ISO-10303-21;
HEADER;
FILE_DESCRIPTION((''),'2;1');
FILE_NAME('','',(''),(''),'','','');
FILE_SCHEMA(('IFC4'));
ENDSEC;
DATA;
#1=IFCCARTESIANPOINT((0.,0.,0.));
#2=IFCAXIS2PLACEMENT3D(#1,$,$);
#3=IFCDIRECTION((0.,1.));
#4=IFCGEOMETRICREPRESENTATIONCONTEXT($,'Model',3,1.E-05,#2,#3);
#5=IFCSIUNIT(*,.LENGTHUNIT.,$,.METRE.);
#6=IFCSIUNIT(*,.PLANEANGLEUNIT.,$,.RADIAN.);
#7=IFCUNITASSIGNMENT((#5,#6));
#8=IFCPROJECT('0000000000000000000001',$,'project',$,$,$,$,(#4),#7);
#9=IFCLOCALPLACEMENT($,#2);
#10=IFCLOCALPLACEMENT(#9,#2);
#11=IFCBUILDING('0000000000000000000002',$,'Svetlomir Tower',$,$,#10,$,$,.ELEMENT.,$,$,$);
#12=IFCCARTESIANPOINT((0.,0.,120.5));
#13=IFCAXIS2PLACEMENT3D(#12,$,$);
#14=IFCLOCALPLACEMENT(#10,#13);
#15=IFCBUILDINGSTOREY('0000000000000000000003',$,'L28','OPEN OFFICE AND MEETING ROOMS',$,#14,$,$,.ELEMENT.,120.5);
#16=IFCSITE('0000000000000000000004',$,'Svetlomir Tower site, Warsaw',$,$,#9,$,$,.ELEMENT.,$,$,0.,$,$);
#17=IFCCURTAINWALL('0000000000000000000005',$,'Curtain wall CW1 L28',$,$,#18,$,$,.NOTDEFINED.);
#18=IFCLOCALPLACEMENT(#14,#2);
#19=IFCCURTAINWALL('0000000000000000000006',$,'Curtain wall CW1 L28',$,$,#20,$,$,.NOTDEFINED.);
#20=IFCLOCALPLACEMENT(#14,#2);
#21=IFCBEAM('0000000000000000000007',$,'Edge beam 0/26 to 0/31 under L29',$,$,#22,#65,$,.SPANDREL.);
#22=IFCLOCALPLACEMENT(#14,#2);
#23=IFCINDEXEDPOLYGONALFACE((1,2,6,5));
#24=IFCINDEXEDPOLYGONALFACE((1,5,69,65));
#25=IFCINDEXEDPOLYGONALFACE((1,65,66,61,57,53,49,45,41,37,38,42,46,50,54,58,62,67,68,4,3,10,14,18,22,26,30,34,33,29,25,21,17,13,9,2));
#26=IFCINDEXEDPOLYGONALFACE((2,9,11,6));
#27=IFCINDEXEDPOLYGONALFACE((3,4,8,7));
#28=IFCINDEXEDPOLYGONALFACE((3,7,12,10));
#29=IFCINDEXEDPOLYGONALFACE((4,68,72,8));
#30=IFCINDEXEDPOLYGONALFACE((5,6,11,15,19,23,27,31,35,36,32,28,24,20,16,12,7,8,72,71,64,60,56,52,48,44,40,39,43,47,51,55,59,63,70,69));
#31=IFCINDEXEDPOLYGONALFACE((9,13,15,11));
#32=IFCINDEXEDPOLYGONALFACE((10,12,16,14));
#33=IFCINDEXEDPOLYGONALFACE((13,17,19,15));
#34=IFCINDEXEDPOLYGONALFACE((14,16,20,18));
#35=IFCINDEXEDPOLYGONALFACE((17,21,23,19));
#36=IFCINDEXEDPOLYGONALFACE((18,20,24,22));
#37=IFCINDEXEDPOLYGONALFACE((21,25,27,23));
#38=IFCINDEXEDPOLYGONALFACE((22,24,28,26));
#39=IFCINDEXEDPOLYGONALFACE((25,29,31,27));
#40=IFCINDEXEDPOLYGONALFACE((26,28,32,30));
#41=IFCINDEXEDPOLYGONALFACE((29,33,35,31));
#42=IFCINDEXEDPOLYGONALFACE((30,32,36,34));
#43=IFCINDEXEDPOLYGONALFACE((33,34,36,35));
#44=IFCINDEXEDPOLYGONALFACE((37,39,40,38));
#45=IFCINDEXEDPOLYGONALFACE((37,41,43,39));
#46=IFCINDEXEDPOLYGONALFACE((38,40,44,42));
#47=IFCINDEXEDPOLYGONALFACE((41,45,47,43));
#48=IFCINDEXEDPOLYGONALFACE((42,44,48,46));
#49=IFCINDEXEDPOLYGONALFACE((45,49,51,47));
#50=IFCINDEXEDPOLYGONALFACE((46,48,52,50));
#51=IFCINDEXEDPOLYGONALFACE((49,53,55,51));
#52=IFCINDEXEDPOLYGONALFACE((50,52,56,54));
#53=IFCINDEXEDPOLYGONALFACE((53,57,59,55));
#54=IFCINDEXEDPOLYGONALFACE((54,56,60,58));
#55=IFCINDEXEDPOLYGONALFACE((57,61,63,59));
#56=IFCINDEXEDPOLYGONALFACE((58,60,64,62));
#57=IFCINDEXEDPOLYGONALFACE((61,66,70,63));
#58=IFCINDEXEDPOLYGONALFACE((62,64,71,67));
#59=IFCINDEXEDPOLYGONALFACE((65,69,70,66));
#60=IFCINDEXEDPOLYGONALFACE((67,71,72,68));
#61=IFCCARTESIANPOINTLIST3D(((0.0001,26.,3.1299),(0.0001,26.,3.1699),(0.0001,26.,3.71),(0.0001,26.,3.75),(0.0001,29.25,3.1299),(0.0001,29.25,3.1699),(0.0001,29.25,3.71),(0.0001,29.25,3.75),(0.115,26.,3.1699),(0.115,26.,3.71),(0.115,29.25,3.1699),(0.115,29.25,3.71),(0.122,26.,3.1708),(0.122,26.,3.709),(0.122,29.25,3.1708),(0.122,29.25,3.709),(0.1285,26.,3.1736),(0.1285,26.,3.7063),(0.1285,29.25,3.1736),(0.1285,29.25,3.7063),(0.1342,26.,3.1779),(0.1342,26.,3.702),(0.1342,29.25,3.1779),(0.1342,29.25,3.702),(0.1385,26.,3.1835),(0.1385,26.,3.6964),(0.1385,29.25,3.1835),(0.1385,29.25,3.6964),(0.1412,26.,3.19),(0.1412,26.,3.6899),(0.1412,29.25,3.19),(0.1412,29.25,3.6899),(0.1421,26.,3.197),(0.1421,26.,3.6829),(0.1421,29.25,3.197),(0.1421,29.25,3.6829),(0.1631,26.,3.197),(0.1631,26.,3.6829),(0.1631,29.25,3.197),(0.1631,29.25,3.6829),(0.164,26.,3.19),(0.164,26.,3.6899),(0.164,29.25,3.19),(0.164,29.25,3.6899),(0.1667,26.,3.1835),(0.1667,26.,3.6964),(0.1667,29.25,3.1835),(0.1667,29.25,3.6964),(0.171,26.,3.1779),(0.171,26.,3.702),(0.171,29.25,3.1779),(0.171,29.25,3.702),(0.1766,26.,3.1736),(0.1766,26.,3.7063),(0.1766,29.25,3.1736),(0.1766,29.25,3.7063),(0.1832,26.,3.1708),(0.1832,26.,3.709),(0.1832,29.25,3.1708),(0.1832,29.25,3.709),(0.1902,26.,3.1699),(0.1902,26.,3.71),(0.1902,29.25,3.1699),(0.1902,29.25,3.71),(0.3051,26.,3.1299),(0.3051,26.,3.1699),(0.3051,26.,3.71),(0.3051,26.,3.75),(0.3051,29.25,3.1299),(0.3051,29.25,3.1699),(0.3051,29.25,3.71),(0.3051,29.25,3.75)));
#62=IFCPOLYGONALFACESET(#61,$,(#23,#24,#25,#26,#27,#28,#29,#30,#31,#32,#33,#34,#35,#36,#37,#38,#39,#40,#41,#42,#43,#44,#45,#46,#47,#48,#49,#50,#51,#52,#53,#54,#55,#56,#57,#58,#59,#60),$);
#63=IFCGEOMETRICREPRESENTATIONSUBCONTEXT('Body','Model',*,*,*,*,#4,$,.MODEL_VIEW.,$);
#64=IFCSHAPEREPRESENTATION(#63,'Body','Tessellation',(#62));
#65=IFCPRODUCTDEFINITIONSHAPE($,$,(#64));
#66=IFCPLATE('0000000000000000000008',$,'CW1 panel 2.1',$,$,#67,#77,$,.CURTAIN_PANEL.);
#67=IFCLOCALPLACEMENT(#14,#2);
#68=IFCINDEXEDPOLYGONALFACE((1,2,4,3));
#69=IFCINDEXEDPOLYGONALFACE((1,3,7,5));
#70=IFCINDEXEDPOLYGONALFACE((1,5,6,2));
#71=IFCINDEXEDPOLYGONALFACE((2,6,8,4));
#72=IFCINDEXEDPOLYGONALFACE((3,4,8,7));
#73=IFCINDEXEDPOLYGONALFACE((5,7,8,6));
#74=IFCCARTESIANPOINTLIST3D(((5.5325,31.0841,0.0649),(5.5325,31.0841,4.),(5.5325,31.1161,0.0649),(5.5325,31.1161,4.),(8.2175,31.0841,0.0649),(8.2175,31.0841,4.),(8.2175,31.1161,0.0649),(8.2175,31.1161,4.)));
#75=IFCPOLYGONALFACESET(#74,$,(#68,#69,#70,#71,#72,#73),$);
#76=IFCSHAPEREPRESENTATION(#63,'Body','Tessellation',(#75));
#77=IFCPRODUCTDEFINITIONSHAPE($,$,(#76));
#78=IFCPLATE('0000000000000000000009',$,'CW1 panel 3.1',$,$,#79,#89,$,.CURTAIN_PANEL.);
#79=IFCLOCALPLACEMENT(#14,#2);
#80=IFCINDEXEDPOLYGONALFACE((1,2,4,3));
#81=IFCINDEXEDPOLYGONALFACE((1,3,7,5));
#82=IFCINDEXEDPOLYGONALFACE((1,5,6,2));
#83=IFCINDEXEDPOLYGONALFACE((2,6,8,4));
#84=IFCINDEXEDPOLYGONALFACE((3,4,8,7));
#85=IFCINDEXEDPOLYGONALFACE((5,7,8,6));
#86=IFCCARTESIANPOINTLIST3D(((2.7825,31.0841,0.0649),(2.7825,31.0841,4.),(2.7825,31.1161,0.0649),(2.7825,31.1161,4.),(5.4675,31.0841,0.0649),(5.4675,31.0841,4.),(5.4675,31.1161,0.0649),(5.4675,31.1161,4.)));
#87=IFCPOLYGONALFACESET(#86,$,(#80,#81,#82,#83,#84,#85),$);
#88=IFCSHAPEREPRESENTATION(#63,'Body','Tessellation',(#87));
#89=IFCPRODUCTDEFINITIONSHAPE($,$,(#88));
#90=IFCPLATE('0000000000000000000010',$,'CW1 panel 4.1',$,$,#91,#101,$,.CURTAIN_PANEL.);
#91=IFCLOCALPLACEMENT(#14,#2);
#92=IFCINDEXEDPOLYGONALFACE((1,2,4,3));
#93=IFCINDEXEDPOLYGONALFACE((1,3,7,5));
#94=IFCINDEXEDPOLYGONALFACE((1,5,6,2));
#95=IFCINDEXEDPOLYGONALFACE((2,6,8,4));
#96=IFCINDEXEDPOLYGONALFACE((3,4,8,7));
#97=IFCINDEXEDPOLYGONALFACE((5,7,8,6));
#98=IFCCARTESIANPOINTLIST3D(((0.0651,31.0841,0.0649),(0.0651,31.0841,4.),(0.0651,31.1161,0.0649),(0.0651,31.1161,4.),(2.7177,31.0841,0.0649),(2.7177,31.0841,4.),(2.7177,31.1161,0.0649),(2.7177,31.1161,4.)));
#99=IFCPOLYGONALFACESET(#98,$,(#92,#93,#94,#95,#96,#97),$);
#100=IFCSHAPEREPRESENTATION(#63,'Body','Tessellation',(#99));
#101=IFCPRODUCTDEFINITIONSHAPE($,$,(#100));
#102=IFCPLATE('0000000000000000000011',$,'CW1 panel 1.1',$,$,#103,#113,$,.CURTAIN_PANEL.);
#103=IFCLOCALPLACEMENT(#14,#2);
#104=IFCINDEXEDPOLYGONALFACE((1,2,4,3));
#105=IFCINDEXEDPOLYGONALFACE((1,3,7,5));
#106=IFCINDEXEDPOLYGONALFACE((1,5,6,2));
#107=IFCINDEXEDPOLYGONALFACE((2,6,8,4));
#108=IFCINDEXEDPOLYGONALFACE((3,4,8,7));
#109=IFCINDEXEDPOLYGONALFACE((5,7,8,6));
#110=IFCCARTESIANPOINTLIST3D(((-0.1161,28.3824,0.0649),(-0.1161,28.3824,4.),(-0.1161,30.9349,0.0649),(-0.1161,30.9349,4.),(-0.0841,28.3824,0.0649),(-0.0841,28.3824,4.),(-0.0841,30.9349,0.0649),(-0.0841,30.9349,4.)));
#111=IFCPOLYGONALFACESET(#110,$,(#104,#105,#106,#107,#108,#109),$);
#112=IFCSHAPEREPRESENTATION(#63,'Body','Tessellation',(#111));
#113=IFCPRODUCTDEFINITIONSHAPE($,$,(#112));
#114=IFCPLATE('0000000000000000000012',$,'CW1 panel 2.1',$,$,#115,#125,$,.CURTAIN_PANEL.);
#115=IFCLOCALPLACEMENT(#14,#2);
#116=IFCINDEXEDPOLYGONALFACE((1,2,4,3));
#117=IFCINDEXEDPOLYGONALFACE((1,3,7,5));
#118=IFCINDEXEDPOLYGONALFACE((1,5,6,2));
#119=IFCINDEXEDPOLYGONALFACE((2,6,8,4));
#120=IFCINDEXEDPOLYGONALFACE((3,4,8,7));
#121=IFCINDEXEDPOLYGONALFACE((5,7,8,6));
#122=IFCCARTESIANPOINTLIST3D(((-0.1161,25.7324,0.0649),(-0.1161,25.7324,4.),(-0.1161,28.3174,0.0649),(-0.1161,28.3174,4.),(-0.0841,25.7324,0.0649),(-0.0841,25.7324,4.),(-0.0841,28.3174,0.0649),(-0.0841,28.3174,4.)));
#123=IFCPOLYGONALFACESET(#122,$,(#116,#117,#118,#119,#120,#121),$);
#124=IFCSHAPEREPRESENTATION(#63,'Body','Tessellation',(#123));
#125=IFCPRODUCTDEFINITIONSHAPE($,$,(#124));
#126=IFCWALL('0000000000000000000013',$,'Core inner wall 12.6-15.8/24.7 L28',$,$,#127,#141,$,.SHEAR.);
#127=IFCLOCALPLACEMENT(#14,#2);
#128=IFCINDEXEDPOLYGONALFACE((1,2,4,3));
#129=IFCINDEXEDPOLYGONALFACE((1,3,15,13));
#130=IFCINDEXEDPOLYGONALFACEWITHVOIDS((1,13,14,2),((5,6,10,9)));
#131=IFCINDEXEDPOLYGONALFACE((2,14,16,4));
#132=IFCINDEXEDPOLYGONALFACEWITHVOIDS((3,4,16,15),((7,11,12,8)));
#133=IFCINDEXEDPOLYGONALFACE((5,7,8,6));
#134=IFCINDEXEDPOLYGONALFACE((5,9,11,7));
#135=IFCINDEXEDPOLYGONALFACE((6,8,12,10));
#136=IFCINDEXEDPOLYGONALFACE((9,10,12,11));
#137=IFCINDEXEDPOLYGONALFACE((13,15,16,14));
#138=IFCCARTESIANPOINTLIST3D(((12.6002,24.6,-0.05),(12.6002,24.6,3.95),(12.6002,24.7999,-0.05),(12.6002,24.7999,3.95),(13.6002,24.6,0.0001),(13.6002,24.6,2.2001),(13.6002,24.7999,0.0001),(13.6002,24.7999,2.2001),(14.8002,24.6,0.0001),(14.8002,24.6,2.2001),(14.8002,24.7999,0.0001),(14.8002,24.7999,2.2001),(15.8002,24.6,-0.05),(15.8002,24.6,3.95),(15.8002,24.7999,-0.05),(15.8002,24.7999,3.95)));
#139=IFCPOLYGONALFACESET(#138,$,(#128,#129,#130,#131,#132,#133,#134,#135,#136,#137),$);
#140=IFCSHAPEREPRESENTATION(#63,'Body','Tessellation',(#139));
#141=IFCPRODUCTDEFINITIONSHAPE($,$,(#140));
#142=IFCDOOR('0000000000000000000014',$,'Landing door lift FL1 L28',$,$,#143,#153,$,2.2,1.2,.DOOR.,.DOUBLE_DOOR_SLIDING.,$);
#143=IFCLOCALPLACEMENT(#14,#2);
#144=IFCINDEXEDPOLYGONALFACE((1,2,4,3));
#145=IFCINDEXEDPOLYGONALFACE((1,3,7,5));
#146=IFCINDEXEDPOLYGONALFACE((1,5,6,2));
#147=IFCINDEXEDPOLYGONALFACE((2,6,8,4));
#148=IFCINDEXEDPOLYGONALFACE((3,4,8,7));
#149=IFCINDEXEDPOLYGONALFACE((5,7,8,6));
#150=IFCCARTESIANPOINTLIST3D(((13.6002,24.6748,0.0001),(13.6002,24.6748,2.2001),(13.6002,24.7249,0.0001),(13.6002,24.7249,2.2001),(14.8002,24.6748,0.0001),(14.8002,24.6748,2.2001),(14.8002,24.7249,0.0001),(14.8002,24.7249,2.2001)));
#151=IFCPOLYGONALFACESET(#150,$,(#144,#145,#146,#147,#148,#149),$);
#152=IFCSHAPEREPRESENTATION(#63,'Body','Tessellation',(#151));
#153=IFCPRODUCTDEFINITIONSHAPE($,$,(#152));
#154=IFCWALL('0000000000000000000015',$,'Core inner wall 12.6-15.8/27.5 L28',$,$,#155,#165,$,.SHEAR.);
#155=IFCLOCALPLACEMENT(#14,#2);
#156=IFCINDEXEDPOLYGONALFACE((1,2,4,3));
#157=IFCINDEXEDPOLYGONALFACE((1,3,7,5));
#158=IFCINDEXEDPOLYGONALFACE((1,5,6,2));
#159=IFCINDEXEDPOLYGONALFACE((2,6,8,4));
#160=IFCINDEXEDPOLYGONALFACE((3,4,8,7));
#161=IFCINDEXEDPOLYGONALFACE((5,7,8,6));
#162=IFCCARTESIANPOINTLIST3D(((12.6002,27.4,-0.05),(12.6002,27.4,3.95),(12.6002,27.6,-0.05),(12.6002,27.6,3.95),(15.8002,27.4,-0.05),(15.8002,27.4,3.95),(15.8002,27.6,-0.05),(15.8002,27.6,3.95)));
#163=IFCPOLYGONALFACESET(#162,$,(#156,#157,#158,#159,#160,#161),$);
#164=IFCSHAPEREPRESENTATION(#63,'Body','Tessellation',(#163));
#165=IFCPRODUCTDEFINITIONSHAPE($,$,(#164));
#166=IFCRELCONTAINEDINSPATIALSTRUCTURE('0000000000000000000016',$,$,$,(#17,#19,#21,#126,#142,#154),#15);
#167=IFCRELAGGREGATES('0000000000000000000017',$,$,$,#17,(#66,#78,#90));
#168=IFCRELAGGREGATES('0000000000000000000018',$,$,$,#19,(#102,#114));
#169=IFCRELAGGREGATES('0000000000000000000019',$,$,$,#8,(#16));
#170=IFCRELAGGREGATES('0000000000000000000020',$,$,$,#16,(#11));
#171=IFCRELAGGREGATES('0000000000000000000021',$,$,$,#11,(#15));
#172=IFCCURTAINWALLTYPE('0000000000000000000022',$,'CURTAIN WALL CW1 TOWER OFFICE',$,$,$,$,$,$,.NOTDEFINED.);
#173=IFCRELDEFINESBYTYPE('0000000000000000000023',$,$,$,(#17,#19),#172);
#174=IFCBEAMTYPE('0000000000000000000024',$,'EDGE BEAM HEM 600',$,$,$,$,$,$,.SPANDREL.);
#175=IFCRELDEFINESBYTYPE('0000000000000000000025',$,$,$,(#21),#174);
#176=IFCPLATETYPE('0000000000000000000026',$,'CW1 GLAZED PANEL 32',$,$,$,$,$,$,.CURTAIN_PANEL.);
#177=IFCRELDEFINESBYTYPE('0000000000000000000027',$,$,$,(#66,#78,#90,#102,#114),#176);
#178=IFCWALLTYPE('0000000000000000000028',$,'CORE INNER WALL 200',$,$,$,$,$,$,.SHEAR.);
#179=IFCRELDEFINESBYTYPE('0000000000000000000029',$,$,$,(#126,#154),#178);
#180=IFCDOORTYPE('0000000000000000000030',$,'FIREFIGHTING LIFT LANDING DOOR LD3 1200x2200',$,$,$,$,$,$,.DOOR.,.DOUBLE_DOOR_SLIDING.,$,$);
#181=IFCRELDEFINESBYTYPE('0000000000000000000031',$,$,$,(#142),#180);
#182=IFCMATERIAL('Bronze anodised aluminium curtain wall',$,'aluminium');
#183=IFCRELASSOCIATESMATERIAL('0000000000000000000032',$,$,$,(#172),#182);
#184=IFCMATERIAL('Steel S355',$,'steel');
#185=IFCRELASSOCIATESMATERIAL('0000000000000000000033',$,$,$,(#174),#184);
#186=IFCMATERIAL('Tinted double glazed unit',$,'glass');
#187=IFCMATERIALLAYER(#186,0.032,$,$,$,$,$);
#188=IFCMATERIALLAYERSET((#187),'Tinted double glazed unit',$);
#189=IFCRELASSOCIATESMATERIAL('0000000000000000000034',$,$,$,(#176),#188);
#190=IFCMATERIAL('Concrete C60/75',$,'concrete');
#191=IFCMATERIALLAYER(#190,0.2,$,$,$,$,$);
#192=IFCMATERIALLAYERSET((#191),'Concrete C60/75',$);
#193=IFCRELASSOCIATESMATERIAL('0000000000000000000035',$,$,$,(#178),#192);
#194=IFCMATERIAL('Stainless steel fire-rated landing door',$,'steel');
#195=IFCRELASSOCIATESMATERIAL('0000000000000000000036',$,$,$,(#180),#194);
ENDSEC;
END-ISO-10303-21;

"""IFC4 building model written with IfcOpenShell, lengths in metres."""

from ifc_helpers import new_model, si_unit, direction, frame, frame_2d, origin, origin_2d, place, context, subcontext, project, spatial, rectangle, i_section, extrude, material, layer, layer_set, material_profile, profile_set, type_object, element, fill, aggregate, save


model = new_model("IFC4")

# Units and contexts
model_context = context("Model", 3, precision=1e-05, world=origin(), true_north=direction((0.0, 1.0)))
body_context = subcontext(model_context, "Body", "Model", "MODEL_VIEW")
ifc_project = project(units=[si_unit("LENGTHUNIT", "METRE"), si_unit("PLANEANGLEUNIT", "RADIAN")], contexts=[model_context])

# Site, building, storey
site_placement = place(None, origin())
site = spatial("IfcSite", under=ifc_project, at=site_placement, Name="Svetlomir Tower site, Warsaw", CompositionType="ELEMENT", RefElevation=0.0)
building_placement = place(site_placement, origin())
building = spatial("IfcBuilding", under=site, at=building_placement, Name="Svetlomir Tower", CompositionType="ELEMENT")
storey_placement = place(building_placement, frame((0.0, 0.0, 120.5)))
storey = spatial("IfcBuildingStorey", under=building, at=storey_placement, Name="L28", Description="OPEN OFFICE AND MEETING ROOMS", CompositionType="ELEMENT", Elevation=120.5)

# Shared definitions
ifc_material_1 = material(Name="Bronze anodised aluminium curtain wall", Category="aluminium")
curtain_wall_type = type_object("IfcCurtainWallType", Name="CURTAIN WALL CW1 TOWER OFFICE", PredefinedType="NOTDEFINED", material=ifc_material_1)

# Curtain walls
curtain_wall_1_placement = place(storey_placement, origin())
curtain_wall_1 = element("IfcCurtainWall", 1, at=curtain_wall_1_placement, inside=storey, type_object=curtain_wall_type, Name="Curtain wall CW1 L28", PredefinedType="NOTDEFINED")
curtain_wall_2_placement = place(storey_placement, origin())
curtain_wall_2 = element("IfcCurtainWall", 2, at=curtain_wall_2_placement, inside=storey, type_object=curtain_wall_type, Name="Curtain wall CW1 L28", PredefinedType="NOTDEFINED")

# Beam
ifc_material_2 = material(Name="Steel S355", Category="steel")
ifc_material_profile_1 = material_profile(ifc_material_2, i_section(OverallWidth=0.3049, OverallDepth=0.6201, WebThickness=0.021, FlangeThickness=0.04, FilletRadius=0.0271, at=origin_2d()), Name="HEM 600")
ifc_profile_set_1 = profile_set([ifc_material_profile_1], Name="Steel S355")
beam_type = type_object("IfcBeamType", Name="EDGE BEAM HEM 600", PredefinedType="SPANDREL", material=ifc_profile_set_1)
beam_placement = place(storey_placement, frame((0.1526, 26.0, 3.4399), z_axis=(0.0, 1.0, 0.0), x_axis=(-1.0, 0.0, 0.0)))
element("IfcBeam", 3, at=beam_placement, inside=storey, type_object=beam_type, Name="Edge beam 0/26 to 0/31 under L29", PredefinedType="SPANDREL", context=body_context, shape_type="SweptSolid", body=[
    extrude(i_section(OverallWidth=0.3049, OverallDepth=0.6201, WebThickness=0.021, FlangeThickness=0.04, FilletRadius=0.0271, at=origin_2d()), origin(), (0.0, 0.0, 1.0), 3.25),
])

# Plates
ifc_material_3 = material(Name="Tinted double glazed unit", Category="glass")
ifc_layer_1 = layer(ifc_material_3, 0.032)
ifc_layer_set_1 = layer_set([ifc_layer_1], Name="Tinted double glazed unit")
plate_type = type_object("IfcPlateType", Name="CW1 GLAZED PANEL 32", PredefinedType="CURTAIN_PANEL", material=ifc_layer_set_1)
plate_1_placement = place(storey_placement, frame((6.875, 31.1001, 0.0649), z_axis=(0.0, 0.0, 1.0), x_axis=(-1.0, 0.0, 0.0)))
plate_1 = element("IfcPlate", 4, at=plate_1_placement, type_object=plate_type, Name="CW1 panel 2.1", PredefinedType="CURTAIN_PANEL", context=body_context, shape_type="SweptSolid", body=[
    extrude(rectangle(XDim=2.6851, YDim=0.032, at=origin_2d()), origin(), (0.0, 0.0, 1.0), 3.9351),
])
plate_2_placement = place(storey_placement, frame((4.125, 31.1001, 0.0649), z_axis=(0.0, 0.0, 1.0), x_axis=(-1.0, 0.0, 0.0)))
plate_2 = element("IfcPlate", 5, at=plate_2_placement, type_object=plate_type, Name="CW1 panel 3.1", PredefinedType="CURTAIN_PANEL", context=body_context, shape_type="SweptSolid", body=[
    extrude(rectangle(XDim=2.6851, YDim=0.032, at=origin_2d()), origin(), (0.0, 0.0, 1.0), 3.9351),
])
plate_3_placement = place(storey_placement, frame((1.3914, 31.1001, 0.0649), z_axis=(0.0, 0.0, 1.0), x_axis=(-1.0, 0.0, 0.0)))
plate_3 = element("IfcPlate", 6, at=plate_3_placement, type_object=plate_type, Name="CW1 panel 4.1", PredefinedType="CURTAIN_PANEL", context=body_context, shape_type="SweptSolid", body=[
    extrude(rectangle(XDim=2.6526, YDim=0.032, at=origin_2d()), origin(), (0.0, 0.0, 1.0), 3.9351),
])
aggregate(curtain_wall_1, [plate_1, plate_2, plate_3])
plate_4_placement = place(storey_placement, frame((-0.1001, 29.6587, 0.0649), z_axis=(0.0, 0.0, 1.0), x_axis=(0.0, -1.0, 0.0)))
plate_4 = element("IfcPlate", 7, at=plate_4_placement, type_object=plate_type, Name="CW1 panel 1.1", PredefinedType="CURTAIN_PANEL", context=body_context, shape_type="SweptSolid", body=[
    extrude(rectangle(XDim=2.5525, YDim=0.032, at=origin_2d()), origin(), (0.0, 0.0, 1.0), 3.9351),
])
plate_5_placement = place(storey_placement, frame((-0.1001, 27.0249, 0.0649), z_axis=(0.0, 0.0, 1.0), x_axis=(0.0, -1.0, 0.0)))
plate_5 = element("IfcPlate", 8, at=plate_5_placement, type_object=plate_type, Name="CW1 panel 2.1", PredefinedType="CURTAIN_PANEL", context=body_context, shape_type="SweptSolid", body=[
    extrude(rectangle(XDim=2.585, YDim=0.032, at=origin_2d()), origin(), (0.0, 0.0, 1.0), 3.9351),
])
aggregate(curtain_wall_2, [plate_4, plate_5])

# Wall, opening, door
ifc_material_4 = material(Name="Concrete C60/75", Category="concrete")
ifc_layer_2 = layer(ifc_material_4, 0.2)
ifc_layer_set_2 = layer_set([ifc_layer_2], Name="Concrete C60/75")
wall_type_1 = type_object("IfcWallType", Name="CORE INNER WALL 200", PredefinedType="SHEAR", material=ifc_layer_set_2)
wall_1_placement = place(storey_placement, frame((12.6001, 24.7, -0.05), z_axis=(0.0, 0.0, 1.0), x_axis=(1.0, 0.0, 0.0)))
wall_1 = element("IfcWall", 9, at=wall_1_placement, inside=storey, type_object=wall_type_1, Name="Core inner wall 12.6-15.8/24.7 L28", PredefinedType="SHEAR", context=body_context, shape_type="SweptSolid", body=[
    extrude(rectangle(XDim=3.2, YDim=0.2, at=frame_2d((1.6001, 0.0))), origin(), (0.0, 0.0, 1.0), 4.0),
])
opening_1_placement = place(wall_1_placement, frame((1.0, 0.0, 0.05)))
opening_1 = element("IfcOpeningElement", 10, at=opening_1_placement, cuts=wall_1, PredefinedType="OPENING", context=body_context, shape_type="SweptSolid", body=[
    extrude(rectangle(XDim=1.2, YDim=2.2, at=frame_2d((0.6001, 1.1001))), frame((0.0, 0.1099, 0.0), z_axis=(0.0, -1.0, 0.0), x_axis=(1.0, 0.0, 0.0)), (0.0, 0.0, 1.0), 0.22),
])
ifc_material_5 = material(Name="Stainless steel fire-rated landing door", Category="steel")
door_type_1 = type_object("IfcDoorType", Name="FIREFIGHTING LIFT LANDING DOOR LD3 1200x2200", OperationType="DOUBLE_DOOR_SLIDING", PredefinedType="DOOR", material=ifc_material_5)
door_1_placement = place(opening_1_placement, origin())
door_1 = element("IfcDoor", 11, at=door_1_placement, inside=storey, type_object=door_type_1, Name="Landing door lift FL1 L28", OperationType="DOUBLE_DOOR_SLIDING", OverallHeight=2.2, OverallWidth=1.2, PredefinedType="DOOR", context=body_context, shape_type="SweptSolid", body=[
    extrude(rectangle(XDim=1.2, YDim=2.2, at=frame_2d((0.6001, 1.1001))), frame((0.0, 0.0249, 0.0), z_axis=(0.0, -1.0, 0.0), x_axis=(1.0, 0.0, 0.0)), (0.0, 0.0, 1.0), 0.05),
])
fill(opening_1, door_1)

# Wall
wall_2_placement = place(storey_placement, frame((12.6001, 27.5, -0.05), z_axis=(0.0, 0.0, 1.0), x_axis=(1.0, 0.0, 0.0)))
element("IfcWall", 12, at=wall_2_placement, inside=storey, type_object=wall_type_1, Name="Core inner wall 12.6-15.8/27.5 L28", PredefinedType="SHEAR", context=body_context, shape_type="SweptSolid", body=[
    extrude(rectangle(XDim=3.2, YDim=0.2, at=frame_2d((1.6001, 0.0))), origin(), (0.0, 0.0, 1.0), 4.0),
])

save(model, "model.ifc")
